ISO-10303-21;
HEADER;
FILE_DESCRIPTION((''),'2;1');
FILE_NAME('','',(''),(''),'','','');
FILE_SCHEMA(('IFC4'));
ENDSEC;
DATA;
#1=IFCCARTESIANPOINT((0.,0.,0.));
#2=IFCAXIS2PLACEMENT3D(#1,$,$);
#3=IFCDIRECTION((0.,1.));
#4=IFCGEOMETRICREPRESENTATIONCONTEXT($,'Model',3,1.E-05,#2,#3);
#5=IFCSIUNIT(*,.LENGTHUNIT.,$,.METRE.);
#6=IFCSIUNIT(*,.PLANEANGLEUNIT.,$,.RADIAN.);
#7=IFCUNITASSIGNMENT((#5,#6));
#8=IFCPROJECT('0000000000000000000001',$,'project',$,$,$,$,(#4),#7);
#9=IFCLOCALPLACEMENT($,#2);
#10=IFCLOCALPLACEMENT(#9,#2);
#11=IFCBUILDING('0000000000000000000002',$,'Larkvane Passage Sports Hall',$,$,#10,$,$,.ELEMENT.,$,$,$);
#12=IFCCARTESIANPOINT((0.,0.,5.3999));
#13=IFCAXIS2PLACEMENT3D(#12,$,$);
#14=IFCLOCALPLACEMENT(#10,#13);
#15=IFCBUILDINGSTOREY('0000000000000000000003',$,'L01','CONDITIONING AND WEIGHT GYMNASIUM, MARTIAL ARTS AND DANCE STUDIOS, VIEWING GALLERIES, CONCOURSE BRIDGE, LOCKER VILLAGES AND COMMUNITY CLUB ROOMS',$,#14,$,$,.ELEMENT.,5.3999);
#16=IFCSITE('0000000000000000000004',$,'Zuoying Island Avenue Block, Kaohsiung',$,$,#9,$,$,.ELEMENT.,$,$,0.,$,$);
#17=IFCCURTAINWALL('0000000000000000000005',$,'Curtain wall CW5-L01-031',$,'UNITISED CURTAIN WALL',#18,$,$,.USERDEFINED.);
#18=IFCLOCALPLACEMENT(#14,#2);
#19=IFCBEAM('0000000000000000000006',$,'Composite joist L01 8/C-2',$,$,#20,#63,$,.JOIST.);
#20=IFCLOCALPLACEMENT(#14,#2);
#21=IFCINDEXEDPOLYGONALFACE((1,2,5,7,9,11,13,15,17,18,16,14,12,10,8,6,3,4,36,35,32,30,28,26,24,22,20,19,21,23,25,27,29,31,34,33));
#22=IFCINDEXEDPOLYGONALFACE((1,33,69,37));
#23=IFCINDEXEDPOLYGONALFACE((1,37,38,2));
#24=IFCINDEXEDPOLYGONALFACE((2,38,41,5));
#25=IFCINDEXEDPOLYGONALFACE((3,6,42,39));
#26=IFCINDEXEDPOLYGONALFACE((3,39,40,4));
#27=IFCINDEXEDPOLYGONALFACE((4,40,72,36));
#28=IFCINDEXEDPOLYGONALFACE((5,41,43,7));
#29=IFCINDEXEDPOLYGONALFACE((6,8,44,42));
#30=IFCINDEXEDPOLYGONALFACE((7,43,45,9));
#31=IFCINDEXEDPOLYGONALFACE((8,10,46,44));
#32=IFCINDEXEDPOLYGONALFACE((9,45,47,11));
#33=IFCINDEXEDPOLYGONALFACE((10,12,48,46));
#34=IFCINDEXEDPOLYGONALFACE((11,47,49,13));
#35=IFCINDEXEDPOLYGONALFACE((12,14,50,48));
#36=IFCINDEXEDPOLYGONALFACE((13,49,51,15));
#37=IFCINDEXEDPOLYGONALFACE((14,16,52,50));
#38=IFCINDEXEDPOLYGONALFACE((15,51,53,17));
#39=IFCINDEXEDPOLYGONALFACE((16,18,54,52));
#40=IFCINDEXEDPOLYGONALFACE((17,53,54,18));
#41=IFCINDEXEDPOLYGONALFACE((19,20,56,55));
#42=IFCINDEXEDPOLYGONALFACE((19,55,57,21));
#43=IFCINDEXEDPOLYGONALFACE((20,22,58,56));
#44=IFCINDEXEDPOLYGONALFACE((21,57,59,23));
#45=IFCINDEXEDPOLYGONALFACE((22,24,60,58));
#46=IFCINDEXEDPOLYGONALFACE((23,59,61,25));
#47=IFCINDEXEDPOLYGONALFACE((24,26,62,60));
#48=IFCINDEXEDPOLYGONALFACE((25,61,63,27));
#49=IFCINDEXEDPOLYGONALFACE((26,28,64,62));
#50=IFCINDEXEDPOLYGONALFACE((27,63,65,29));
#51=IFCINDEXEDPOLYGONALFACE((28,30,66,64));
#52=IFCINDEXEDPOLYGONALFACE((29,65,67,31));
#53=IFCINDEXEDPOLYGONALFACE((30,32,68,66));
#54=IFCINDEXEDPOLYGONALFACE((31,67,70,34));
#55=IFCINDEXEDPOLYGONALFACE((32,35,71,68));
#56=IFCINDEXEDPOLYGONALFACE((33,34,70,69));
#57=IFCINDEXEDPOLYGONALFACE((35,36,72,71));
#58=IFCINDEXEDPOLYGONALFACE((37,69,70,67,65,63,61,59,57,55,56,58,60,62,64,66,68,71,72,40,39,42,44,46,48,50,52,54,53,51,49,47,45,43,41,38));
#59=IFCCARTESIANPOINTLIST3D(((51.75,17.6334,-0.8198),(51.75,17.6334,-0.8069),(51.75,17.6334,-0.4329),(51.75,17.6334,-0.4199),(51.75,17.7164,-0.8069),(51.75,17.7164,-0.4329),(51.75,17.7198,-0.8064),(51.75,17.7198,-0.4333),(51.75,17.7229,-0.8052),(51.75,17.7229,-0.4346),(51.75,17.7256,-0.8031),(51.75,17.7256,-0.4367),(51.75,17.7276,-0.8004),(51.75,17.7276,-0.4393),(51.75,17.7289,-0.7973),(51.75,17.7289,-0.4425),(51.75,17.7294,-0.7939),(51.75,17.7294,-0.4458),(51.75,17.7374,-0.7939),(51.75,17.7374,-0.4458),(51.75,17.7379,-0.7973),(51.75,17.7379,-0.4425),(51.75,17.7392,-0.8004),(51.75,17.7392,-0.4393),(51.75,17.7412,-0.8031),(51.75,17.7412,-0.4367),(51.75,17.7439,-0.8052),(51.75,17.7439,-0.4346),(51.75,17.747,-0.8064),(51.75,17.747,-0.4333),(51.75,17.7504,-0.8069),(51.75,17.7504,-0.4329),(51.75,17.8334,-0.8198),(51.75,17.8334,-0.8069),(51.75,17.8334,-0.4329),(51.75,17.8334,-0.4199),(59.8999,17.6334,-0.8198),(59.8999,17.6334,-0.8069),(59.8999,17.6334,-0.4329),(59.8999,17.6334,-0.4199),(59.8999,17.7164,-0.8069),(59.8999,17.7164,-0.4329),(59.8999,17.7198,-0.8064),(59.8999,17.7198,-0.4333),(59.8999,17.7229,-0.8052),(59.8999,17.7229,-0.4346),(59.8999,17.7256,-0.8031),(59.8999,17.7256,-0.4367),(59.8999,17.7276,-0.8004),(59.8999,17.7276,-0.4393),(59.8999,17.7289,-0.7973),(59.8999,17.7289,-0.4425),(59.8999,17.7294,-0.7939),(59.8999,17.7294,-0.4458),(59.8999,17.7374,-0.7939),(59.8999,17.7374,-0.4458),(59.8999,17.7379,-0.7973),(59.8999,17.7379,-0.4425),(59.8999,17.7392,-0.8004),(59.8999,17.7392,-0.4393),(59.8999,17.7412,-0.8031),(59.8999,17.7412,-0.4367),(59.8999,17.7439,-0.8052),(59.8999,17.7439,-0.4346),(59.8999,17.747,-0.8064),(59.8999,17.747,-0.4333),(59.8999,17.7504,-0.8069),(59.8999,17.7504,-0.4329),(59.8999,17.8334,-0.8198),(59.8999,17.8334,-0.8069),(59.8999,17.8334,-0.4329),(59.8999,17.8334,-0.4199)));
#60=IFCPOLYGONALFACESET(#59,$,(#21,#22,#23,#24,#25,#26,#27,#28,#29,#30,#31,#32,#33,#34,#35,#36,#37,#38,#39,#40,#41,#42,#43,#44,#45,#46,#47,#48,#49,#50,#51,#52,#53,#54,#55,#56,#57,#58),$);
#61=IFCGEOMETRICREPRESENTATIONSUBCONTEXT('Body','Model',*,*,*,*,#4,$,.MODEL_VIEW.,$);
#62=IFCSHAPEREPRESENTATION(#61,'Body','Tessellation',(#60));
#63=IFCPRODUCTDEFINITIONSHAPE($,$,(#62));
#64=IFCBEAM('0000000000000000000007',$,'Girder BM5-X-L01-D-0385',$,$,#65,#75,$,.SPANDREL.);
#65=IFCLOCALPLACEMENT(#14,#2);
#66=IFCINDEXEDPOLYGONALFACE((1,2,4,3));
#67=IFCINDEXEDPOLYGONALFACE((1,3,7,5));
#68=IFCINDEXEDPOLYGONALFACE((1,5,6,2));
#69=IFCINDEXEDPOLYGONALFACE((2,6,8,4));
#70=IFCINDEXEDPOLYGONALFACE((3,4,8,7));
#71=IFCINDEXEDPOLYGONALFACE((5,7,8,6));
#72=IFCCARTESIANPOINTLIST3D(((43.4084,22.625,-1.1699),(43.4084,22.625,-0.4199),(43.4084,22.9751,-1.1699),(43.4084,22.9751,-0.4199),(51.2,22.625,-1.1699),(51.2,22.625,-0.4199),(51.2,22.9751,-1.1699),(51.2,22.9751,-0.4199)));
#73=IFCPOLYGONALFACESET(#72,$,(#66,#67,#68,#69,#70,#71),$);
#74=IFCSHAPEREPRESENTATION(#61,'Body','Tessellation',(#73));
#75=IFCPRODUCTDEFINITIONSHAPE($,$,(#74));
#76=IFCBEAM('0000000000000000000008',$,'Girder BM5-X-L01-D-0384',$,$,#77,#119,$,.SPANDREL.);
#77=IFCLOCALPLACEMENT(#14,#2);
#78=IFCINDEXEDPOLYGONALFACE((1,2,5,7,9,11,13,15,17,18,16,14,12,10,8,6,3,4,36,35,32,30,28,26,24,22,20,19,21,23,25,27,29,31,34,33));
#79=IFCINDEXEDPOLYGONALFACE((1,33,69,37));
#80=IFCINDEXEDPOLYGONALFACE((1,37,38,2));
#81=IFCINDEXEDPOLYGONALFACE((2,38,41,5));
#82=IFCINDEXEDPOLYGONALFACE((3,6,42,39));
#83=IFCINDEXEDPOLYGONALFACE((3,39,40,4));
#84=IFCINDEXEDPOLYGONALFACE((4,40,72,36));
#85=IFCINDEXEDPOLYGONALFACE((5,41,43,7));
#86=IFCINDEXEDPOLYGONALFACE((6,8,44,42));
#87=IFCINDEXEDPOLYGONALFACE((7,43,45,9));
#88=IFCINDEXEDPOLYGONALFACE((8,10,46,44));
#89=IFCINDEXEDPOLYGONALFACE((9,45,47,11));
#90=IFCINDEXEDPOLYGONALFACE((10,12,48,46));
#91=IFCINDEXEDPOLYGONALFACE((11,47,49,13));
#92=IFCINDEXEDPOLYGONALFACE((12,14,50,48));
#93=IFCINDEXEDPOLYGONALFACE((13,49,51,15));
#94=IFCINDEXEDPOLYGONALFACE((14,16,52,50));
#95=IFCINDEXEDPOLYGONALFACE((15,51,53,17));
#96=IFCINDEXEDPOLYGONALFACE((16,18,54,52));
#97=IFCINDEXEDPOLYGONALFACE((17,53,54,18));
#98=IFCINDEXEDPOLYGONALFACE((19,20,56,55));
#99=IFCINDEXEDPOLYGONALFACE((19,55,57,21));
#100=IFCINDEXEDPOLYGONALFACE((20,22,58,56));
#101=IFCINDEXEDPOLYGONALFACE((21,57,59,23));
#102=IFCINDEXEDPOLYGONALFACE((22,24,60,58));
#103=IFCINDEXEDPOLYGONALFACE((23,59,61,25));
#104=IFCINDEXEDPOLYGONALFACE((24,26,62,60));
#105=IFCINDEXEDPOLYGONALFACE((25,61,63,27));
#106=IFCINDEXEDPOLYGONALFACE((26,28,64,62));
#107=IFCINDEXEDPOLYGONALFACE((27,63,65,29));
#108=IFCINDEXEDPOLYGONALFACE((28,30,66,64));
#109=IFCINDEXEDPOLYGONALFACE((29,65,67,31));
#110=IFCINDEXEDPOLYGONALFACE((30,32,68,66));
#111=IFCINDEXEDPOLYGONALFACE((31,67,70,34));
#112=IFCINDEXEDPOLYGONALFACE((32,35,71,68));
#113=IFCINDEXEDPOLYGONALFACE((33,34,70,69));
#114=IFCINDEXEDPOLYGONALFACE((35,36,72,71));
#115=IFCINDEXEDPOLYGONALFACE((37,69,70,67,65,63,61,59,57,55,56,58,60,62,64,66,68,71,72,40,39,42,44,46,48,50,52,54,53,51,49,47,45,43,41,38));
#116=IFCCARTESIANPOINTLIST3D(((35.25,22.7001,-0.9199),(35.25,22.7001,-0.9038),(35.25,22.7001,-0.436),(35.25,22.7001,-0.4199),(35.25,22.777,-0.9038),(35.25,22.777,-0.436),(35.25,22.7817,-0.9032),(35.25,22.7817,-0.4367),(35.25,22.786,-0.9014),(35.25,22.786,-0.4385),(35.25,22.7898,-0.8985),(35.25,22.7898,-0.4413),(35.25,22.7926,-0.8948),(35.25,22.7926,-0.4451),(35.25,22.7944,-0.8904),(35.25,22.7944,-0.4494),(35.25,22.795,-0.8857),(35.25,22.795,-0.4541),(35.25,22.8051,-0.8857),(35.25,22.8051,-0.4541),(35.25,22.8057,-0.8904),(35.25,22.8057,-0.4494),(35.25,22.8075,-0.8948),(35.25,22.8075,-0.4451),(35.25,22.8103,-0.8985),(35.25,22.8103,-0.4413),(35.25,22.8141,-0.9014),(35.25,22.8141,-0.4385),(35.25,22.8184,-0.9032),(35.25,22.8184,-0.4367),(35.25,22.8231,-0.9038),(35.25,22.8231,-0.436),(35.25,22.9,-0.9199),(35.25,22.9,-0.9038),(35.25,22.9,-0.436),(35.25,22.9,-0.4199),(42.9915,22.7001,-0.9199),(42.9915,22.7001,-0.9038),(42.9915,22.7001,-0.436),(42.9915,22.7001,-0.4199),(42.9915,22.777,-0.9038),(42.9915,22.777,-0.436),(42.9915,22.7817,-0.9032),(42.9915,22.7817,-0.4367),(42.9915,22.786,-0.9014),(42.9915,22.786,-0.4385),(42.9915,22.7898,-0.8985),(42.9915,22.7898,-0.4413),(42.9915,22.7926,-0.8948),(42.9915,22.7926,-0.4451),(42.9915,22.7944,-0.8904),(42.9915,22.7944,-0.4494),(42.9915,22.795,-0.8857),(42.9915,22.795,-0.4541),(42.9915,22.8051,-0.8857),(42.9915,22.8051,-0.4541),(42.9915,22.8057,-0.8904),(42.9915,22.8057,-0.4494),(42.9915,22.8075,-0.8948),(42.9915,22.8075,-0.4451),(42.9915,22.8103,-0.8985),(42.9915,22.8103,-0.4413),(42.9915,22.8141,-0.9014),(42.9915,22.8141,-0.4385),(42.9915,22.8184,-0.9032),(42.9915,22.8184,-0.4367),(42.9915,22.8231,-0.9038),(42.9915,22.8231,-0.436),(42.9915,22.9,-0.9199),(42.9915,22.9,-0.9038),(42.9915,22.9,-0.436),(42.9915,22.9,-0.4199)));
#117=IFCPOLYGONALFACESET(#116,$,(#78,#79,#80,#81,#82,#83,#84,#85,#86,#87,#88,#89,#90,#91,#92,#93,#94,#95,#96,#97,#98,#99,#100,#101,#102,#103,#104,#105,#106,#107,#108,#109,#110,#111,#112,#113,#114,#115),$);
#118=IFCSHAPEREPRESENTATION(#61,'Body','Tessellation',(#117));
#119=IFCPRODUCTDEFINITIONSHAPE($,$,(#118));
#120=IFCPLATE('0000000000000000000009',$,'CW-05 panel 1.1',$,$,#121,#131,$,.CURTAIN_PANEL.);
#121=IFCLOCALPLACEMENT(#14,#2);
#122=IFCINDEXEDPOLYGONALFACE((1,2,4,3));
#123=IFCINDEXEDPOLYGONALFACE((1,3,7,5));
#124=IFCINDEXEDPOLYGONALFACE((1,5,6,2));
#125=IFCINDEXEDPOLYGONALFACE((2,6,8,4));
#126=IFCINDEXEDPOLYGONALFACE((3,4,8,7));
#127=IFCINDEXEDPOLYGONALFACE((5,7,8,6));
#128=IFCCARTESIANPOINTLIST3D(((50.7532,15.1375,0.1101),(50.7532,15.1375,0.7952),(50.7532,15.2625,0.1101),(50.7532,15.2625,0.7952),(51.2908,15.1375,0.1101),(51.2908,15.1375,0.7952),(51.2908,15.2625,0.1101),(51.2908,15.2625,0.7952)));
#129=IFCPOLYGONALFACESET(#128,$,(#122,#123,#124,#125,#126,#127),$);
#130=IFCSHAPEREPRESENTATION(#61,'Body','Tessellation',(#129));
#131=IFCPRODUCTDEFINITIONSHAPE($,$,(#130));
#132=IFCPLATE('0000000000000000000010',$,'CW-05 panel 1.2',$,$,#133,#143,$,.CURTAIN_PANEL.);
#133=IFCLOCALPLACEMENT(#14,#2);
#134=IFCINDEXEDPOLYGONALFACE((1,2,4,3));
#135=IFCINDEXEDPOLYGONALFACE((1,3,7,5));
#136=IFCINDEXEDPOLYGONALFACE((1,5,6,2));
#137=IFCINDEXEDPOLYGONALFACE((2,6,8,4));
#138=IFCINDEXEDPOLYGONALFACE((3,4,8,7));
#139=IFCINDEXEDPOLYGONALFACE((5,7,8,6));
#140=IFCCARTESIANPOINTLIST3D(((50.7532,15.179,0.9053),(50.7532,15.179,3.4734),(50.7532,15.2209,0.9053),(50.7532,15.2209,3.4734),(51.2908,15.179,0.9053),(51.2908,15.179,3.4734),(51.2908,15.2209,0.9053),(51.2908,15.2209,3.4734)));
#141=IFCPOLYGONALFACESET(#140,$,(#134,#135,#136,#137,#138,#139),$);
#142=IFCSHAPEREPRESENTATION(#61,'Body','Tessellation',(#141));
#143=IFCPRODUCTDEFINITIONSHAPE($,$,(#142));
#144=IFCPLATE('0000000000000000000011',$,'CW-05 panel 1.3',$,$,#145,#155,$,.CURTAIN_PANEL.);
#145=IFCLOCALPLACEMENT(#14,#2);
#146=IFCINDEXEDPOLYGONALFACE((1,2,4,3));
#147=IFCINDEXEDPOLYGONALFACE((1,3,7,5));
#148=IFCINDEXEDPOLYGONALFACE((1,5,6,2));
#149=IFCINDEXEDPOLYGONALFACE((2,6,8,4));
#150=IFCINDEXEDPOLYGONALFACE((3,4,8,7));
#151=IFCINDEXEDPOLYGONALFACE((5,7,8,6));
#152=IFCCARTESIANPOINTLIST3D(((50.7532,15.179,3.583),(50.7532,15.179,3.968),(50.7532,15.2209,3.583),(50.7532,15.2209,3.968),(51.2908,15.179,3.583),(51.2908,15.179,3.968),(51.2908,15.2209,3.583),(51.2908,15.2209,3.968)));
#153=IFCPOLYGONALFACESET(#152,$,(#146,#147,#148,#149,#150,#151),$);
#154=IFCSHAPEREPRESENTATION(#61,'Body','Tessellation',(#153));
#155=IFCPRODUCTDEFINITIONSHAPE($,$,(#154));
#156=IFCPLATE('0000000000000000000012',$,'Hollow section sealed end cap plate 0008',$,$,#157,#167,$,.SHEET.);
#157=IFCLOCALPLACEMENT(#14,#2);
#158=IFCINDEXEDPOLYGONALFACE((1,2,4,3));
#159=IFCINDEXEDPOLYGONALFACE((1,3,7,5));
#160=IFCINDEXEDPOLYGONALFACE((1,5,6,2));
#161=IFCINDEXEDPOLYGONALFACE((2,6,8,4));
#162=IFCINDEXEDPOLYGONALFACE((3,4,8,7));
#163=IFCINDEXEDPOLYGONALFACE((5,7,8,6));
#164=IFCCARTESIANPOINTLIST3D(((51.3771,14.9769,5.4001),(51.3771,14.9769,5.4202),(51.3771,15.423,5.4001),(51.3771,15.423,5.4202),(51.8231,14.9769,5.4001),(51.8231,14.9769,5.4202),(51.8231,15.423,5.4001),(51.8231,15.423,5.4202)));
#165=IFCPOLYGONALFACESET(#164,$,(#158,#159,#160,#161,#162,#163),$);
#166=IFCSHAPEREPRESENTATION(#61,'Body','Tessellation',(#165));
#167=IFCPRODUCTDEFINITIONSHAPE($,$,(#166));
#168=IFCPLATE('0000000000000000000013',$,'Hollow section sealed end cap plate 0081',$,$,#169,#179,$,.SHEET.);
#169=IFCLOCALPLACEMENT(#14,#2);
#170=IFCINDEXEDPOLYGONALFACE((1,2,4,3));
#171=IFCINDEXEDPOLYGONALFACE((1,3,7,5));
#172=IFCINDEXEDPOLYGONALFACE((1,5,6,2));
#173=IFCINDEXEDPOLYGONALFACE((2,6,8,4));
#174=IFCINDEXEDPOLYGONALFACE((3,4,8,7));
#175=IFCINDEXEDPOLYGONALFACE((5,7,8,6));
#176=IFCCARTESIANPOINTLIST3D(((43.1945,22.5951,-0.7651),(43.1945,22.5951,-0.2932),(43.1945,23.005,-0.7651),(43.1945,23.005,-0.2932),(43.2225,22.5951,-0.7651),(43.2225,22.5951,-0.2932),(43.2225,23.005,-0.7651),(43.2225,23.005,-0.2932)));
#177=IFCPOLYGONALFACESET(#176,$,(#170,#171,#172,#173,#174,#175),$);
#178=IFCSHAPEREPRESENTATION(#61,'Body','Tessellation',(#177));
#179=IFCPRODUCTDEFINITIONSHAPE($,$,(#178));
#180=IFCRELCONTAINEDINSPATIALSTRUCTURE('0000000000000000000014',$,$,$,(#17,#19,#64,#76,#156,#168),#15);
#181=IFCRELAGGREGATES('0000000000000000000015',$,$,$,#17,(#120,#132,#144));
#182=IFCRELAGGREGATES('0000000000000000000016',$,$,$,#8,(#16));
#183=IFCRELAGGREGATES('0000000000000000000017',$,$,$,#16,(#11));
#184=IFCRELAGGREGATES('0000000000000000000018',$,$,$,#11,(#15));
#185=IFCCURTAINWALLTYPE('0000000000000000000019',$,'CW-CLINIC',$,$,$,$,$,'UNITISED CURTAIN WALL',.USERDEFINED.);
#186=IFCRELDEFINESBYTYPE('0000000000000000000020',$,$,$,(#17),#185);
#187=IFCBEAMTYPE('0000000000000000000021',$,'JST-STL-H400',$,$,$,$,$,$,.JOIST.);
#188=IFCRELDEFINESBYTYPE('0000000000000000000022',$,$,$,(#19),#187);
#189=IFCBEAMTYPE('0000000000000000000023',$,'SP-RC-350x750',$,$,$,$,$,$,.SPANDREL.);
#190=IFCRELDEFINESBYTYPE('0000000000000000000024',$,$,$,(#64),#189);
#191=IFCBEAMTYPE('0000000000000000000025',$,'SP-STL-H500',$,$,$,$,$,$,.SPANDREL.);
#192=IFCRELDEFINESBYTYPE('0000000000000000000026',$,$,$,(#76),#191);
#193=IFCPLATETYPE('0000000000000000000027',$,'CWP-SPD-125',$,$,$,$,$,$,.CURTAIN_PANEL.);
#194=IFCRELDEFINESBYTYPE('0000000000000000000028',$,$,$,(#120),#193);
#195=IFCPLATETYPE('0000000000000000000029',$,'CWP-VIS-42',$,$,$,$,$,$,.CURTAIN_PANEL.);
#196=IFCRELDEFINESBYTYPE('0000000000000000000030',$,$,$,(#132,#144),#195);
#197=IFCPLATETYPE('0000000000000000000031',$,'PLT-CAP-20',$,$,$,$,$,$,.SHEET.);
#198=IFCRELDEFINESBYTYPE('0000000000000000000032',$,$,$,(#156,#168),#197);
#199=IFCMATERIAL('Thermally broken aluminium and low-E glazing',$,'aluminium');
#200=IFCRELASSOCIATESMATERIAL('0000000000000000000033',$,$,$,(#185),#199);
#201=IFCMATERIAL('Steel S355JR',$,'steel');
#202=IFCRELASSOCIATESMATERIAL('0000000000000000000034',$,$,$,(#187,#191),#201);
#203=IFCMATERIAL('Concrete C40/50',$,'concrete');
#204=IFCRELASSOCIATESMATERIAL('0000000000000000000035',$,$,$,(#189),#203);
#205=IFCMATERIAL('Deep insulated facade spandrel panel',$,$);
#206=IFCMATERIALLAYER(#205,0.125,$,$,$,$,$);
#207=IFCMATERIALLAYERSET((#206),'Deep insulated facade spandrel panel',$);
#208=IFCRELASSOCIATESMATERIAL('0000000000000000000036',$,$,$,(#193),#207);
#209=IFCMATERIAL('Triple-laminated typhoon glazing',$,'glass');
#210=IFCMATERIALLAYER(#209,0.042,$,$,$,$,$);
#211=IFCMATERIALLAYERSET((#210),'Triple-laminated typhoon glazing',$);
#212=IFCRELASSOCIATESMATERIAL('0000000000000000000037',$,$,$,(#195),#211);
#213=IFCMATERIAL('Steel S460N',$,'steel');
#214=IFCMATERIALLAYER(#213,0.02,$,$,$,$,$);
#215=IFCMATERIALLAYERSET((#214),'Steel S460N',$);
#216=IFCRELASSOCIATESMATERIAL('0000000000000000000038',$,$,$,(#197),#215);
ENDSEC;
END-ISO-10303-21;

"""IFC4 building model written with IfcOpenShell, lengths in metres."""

from ifc_helpers import new_model, si_unit, direction, frame, origin, origin_2d, place, context, subcontext, project, spatial, rectangle, i_section, extrude, material, layer, layer_set, material_profile, profile_set, type_object, element, aggregate, save


model = new_model("IFC4")

# Units and contexts
model_context = context("Model", 3, precision=1e-05, world=origin(), true_north=direction((0.0, 1.0)))
body_context = subcontext(model_context, "Body", "Model", "MODEL_VIEW")
ifc_project = project(units=[si_unit("LENGTHUNIT", "METRE"), si_unit("PLANEANGLEUNIT", "RADIAN")], contexts=[model_context])

# Site, building, storey
site_placement = place(None, origin())
site = spatial("IfcSite", under=ifc_project, at=site_placement, Name="Zuoying Island Avenue Block, Kaohsiung", CompositionType="ELEMENT", RefElevation=0.0)
building_placement = place(site_placement, origin())
building = spatial("IfcBuilding", under=site, at=building_placement, Name="Larkvane Passage Sports Hall", CompositionType="ELEMENT")
storey_placement = place(building_placement, frame((0.0, 0.0, 5.3999)))
storey = spatial("IfcBuildingStorey", under=building, at=storey_placement, Name="L01", Description="CONDITIONING AND WEIGHT GYMNASIUM, MARTIAL ARTS AND DANCE STUDIOS, VIEWING GALLERIES, CONCOURSE BRIDGE, LOCKER VILLAGES AND COMMUNITY CLUB ROOMS", CompositionType="ELEMENT", Elevation=5.3999)

# Shared definitions
ifc_material_1 = material(Name="Steel S355JR", Category="steel")
ifc_material_2 = material(Name="Steel S460N", Category="steel")

# Curtain wall
ifc_material_3 = material(Name="Thermally broken aluminium and low-E glazing", Category="aluminium")
curtain_wall_type = type_object("IfcCurtainWallType", Name="CW-CLINIC", ElementType="UNITISED CURTAIN WALL", PredefinedType="USERDEFINED", material=ifc_material_3)
curtain_wall_placement = place(storey_placement, origin())
curtain_wall = element("IfcCurtainWall", 1, at=curtain_wall_placement, inside=storey, type_object=curtain_wall_type, Name="Curtain wall CW5-L01-031", ObjectType="UNITISED CURTAIN WALL", PredefinedType="USERDEFINED")

# Beams
ifc_material_profile_1 = material_profile(ifc_material_1, i_section(OverallWidth=0.2, OverallDepth=0.3999, WebThickness=0.0081, FlangeThickness=0.0129, FilletRadius=0.0129, at=origin_2d()), Name="H-400x200x8x13")
ifc_profile_set_1 = profile_set([ifc_material_profile_1], Name="Steel S355JR")
beam_type_1 = type_object("IfcBeamType", Name="JST-STL-H400", PredefinedType="JOIST", material=ifc_profile_set_1)
beam_1_placement = place(storey_placement, frame((51.75, 17.7334, -0.6199), z_axis=(1.0, 0.0, 0.0), x_axis=(0.0, 1.0, 0.0)))
element("IfcBeam", 2, at=beam_1_placement, inside=storey, type_object=beam_type_1, Name="Composite joist L01 8/C-2", PredefinedType="JOIST", context=body_context, shape_type="SweptSolid", body=[
    extrude(i_section(OverallWidth=0.2, OverallDepth=0.3999, WebThickness=0.0081, FlangeThickness=0.0129, FilletRadius=0.0129, at=origin_2d()), origin(), (0.0, 0.0, 1.0), 8.1499),
])
ifc_material_4 = material(Name="Concrete C40/50", Category="concrete")
ifc_material_profile_2 = material_profile(ifc_material_4, rectangle(XDim=0.3501, YDim=0.75, at=origin_2d()), Name="RC-SP-350x750")
ifc_profile_set_2 = profile_set([ifc_material_profile_2], Name="Concrete C40/50")
beam_type_2 = type_object("IfcBeamType", Name="SP-RC-350x750", PredefinedType="SPANDREL", material=ifc_profile_set_2)
beam_2_placement = place(storey_placement, frame((43.4084, 22.8, -0.7949), z_axis=(1.0, 0.0, 0.0), x_axis=(0.0, 1.0, 0.0)))
element("IfcBeam", 3, at=beam_2_placement, inside=storey, type_object=beam_type_2, Name="Girder BM5-X-L01-D-0385", PredefinedType="SPANDREL", context=body_context, shape_type="SweptSolid", body=[
    extrude(rectangle(XDim=0.3501, YDim=0.75, at=origin_2d()), origin(), (0.0, 0.0, 1.0), 7.7915),
])
ifc_material_profile_3 = material_profile(ifc_material_1, i_section(OverallWidth=0.2, OverallDepth=0.5, WebThickness=0.01, FlangeThickness=0.0161, FilletRadius=0.0181, at=origin_2d()), Name="H-500x200x10x16")
ifc_profile_set_3 = profile_set([ifc_material_profile_3], Name="Steel S355JR")
beam_type_3 = type_object("IfcBeamType", Name="SP-STL-H500", PredefinedType="SPANDREL", material=ifc_profile_set_3)
beam_3_placement = place(storey_placement, frame((35.25, 22.8, -0.6699), z_axis=(1.0, 0.0, 0.0), x_axis=(0.0, 1.0, 0.0)))
element("IfcBeam", 4, at=beam_3_placement, inside=storey, type_object=beam_type_3, Name="Girder BM5-X-L01-D-0384", PredefinedType="SPANDREL", context=body_context, shape_type="SweptSolid", body=[
    extrude(i_section(OverallWidth=0.2, OverallDepth=0.5, WebThickness=0.01, FlangeThickness=0.0161, FilletRadius=0.0181, at=origin_2d()), origin(), (0.0, 0.0, 1.0), 7.7415),
])

# Plates
ifc_material_5 = material(Name="Deep insulated facade spandrel panel")
ifc_layer_1 = layer(ifc_material_5, 0.125)
ifc_layer_set_1 = layer_set([ifc_layer_1], Name="Deep insulated facade spandrel panel")
plate_type_1 = type_object("IfcPlateType", Name="CWP-SPD-125", PredefinedType="CURTAIN_PANEL", material=ifc_layer_set_1)
plate_1_placement = place(storey_placement, frame((51.022, 15.2, 0.1101), z_axis=(0.0, 0.0, 1.0), x_axis=(-1.0, 0.0, 0.0)))
plate_1 = element("IfcPlate", 5, at=plate_1_placement, type_object=plate_type_1, Name="CW-05 panel 1.1", PredefinedType="CURTAIN_PANEL", context=body_context, shape_type="SweptSolid", body=[
    extrude(rectangle(XDim=0.5376, YDim=0.125, at=origin_2d()), origin(), (0.0, 0.0, 1.0), 0.6851),
])
ifc_material_6 = material(Name="Triple-laminated typhoon glazing", Category="glass")
ifc_layer_2 = layer(ifc_material_6, 0.042)
ifc_layer_set_2 = layer_set([ifc_layer_2], Name="Triple-laminated typhoon glazing")
plate_type_2 = type_object("IfcPlateType", Name="CWP-VIS-42", PredefinedType="CURTAIN_PANEL", material=ifc_layer_set_2)
plate_2_placement = place(storey_placement, frame((51.022, 15.2, 0.9053), z_axis=(0.0, 0.0, 1.0), x_axis=(-1.0, 0.0, 0.0)))
plate_2 = element("IfcPlate", 6, at=plate_2_placement, type_object=plate_type_2, Name="CW-05 panel 1.2", PredefinedType="CURTAIN_PANEL", context=body_context, shape_type="SweptSolid", body=[
    extrude(rectangle(XDim=0.5376, YDim=0.042, at=origin_2d()), origin(), (0.0, 0.0, 1.0), 2.5681),
])
plate_3_placement = place(storey_placement, frame((51.022, 15.2, 3.583), z_axis=(0.0, 0.0, 1.0), x_axis=(-1.0, 0.0, 0.0)))
plate_3 = element("IfcPlate", 7, at=plate_3_placement, type_object=plate_type_2, Name="CW-05 panel 1.3", PredefinedType="CURTAIN_PANEL", context=body_context, shape_type="SweptSolid", body=[
    extrude(rectangle(XDim=0.5376, YDim=0.042, at=origin_2d()), origin(), (0.0, 0.0, 1.0), 0.385),
])
aggregate(curtain_wall, [plate_1, plate_2, plate_3])

# Plates
ifc_layer_3 = layer(ifc_material_2, 0.02)
ifc_layer_set_3 = layer_set([ifc_layer_3], Name="Steel S460N")
plate_type_3 = type_object("IfcPlateType", Name="PLT-CAP-20", PredefinedType="SHEET", material=ifc_layer_set_3)
plate_4_placement = place(storey_placement, frame((51.6001, 15.2, 5.4001), z_axis=(0.0, 0.0, 1.0), x_axis=(1.0, 0.0, 0.0)))
element("IfcPlate", 8, at=plate_4_placement, inside=storey, type_object=plate_type_3, Name="Hollow section sealed end cap plate 0008", PredefinedType="SHEET", context=body_context, shape_type="SweptSolid", body=[
    extrude(rectangle(XDim=0.446, YDim=0.446, at=origin_2d()), origin(), (0.0, 0.0, 1.0), 0.02),
])
plate_5_placement = place(storey_placement, frame((43.2085, 22.8, -0.7651), z_axis=(0.0, 0.0, 1.0), x_axis=(0.0, 1.0, 0.0)))
element("IfcPlate", 9, at=plate_5_placement, inside=storey, type_object=plate_type_3, Name="Hollow section sealed end cap plate 0081", PredefinedType="SHEET", context=body_context, shape_type="SweptSolid", body=[
    extrude(rectangle(XDim=0.4099, YDim=0.0281, at=origin_2d()), origin(), (0.0, 0.0, 1.0), 0.4719),
])

save(model, "model.ifc")
